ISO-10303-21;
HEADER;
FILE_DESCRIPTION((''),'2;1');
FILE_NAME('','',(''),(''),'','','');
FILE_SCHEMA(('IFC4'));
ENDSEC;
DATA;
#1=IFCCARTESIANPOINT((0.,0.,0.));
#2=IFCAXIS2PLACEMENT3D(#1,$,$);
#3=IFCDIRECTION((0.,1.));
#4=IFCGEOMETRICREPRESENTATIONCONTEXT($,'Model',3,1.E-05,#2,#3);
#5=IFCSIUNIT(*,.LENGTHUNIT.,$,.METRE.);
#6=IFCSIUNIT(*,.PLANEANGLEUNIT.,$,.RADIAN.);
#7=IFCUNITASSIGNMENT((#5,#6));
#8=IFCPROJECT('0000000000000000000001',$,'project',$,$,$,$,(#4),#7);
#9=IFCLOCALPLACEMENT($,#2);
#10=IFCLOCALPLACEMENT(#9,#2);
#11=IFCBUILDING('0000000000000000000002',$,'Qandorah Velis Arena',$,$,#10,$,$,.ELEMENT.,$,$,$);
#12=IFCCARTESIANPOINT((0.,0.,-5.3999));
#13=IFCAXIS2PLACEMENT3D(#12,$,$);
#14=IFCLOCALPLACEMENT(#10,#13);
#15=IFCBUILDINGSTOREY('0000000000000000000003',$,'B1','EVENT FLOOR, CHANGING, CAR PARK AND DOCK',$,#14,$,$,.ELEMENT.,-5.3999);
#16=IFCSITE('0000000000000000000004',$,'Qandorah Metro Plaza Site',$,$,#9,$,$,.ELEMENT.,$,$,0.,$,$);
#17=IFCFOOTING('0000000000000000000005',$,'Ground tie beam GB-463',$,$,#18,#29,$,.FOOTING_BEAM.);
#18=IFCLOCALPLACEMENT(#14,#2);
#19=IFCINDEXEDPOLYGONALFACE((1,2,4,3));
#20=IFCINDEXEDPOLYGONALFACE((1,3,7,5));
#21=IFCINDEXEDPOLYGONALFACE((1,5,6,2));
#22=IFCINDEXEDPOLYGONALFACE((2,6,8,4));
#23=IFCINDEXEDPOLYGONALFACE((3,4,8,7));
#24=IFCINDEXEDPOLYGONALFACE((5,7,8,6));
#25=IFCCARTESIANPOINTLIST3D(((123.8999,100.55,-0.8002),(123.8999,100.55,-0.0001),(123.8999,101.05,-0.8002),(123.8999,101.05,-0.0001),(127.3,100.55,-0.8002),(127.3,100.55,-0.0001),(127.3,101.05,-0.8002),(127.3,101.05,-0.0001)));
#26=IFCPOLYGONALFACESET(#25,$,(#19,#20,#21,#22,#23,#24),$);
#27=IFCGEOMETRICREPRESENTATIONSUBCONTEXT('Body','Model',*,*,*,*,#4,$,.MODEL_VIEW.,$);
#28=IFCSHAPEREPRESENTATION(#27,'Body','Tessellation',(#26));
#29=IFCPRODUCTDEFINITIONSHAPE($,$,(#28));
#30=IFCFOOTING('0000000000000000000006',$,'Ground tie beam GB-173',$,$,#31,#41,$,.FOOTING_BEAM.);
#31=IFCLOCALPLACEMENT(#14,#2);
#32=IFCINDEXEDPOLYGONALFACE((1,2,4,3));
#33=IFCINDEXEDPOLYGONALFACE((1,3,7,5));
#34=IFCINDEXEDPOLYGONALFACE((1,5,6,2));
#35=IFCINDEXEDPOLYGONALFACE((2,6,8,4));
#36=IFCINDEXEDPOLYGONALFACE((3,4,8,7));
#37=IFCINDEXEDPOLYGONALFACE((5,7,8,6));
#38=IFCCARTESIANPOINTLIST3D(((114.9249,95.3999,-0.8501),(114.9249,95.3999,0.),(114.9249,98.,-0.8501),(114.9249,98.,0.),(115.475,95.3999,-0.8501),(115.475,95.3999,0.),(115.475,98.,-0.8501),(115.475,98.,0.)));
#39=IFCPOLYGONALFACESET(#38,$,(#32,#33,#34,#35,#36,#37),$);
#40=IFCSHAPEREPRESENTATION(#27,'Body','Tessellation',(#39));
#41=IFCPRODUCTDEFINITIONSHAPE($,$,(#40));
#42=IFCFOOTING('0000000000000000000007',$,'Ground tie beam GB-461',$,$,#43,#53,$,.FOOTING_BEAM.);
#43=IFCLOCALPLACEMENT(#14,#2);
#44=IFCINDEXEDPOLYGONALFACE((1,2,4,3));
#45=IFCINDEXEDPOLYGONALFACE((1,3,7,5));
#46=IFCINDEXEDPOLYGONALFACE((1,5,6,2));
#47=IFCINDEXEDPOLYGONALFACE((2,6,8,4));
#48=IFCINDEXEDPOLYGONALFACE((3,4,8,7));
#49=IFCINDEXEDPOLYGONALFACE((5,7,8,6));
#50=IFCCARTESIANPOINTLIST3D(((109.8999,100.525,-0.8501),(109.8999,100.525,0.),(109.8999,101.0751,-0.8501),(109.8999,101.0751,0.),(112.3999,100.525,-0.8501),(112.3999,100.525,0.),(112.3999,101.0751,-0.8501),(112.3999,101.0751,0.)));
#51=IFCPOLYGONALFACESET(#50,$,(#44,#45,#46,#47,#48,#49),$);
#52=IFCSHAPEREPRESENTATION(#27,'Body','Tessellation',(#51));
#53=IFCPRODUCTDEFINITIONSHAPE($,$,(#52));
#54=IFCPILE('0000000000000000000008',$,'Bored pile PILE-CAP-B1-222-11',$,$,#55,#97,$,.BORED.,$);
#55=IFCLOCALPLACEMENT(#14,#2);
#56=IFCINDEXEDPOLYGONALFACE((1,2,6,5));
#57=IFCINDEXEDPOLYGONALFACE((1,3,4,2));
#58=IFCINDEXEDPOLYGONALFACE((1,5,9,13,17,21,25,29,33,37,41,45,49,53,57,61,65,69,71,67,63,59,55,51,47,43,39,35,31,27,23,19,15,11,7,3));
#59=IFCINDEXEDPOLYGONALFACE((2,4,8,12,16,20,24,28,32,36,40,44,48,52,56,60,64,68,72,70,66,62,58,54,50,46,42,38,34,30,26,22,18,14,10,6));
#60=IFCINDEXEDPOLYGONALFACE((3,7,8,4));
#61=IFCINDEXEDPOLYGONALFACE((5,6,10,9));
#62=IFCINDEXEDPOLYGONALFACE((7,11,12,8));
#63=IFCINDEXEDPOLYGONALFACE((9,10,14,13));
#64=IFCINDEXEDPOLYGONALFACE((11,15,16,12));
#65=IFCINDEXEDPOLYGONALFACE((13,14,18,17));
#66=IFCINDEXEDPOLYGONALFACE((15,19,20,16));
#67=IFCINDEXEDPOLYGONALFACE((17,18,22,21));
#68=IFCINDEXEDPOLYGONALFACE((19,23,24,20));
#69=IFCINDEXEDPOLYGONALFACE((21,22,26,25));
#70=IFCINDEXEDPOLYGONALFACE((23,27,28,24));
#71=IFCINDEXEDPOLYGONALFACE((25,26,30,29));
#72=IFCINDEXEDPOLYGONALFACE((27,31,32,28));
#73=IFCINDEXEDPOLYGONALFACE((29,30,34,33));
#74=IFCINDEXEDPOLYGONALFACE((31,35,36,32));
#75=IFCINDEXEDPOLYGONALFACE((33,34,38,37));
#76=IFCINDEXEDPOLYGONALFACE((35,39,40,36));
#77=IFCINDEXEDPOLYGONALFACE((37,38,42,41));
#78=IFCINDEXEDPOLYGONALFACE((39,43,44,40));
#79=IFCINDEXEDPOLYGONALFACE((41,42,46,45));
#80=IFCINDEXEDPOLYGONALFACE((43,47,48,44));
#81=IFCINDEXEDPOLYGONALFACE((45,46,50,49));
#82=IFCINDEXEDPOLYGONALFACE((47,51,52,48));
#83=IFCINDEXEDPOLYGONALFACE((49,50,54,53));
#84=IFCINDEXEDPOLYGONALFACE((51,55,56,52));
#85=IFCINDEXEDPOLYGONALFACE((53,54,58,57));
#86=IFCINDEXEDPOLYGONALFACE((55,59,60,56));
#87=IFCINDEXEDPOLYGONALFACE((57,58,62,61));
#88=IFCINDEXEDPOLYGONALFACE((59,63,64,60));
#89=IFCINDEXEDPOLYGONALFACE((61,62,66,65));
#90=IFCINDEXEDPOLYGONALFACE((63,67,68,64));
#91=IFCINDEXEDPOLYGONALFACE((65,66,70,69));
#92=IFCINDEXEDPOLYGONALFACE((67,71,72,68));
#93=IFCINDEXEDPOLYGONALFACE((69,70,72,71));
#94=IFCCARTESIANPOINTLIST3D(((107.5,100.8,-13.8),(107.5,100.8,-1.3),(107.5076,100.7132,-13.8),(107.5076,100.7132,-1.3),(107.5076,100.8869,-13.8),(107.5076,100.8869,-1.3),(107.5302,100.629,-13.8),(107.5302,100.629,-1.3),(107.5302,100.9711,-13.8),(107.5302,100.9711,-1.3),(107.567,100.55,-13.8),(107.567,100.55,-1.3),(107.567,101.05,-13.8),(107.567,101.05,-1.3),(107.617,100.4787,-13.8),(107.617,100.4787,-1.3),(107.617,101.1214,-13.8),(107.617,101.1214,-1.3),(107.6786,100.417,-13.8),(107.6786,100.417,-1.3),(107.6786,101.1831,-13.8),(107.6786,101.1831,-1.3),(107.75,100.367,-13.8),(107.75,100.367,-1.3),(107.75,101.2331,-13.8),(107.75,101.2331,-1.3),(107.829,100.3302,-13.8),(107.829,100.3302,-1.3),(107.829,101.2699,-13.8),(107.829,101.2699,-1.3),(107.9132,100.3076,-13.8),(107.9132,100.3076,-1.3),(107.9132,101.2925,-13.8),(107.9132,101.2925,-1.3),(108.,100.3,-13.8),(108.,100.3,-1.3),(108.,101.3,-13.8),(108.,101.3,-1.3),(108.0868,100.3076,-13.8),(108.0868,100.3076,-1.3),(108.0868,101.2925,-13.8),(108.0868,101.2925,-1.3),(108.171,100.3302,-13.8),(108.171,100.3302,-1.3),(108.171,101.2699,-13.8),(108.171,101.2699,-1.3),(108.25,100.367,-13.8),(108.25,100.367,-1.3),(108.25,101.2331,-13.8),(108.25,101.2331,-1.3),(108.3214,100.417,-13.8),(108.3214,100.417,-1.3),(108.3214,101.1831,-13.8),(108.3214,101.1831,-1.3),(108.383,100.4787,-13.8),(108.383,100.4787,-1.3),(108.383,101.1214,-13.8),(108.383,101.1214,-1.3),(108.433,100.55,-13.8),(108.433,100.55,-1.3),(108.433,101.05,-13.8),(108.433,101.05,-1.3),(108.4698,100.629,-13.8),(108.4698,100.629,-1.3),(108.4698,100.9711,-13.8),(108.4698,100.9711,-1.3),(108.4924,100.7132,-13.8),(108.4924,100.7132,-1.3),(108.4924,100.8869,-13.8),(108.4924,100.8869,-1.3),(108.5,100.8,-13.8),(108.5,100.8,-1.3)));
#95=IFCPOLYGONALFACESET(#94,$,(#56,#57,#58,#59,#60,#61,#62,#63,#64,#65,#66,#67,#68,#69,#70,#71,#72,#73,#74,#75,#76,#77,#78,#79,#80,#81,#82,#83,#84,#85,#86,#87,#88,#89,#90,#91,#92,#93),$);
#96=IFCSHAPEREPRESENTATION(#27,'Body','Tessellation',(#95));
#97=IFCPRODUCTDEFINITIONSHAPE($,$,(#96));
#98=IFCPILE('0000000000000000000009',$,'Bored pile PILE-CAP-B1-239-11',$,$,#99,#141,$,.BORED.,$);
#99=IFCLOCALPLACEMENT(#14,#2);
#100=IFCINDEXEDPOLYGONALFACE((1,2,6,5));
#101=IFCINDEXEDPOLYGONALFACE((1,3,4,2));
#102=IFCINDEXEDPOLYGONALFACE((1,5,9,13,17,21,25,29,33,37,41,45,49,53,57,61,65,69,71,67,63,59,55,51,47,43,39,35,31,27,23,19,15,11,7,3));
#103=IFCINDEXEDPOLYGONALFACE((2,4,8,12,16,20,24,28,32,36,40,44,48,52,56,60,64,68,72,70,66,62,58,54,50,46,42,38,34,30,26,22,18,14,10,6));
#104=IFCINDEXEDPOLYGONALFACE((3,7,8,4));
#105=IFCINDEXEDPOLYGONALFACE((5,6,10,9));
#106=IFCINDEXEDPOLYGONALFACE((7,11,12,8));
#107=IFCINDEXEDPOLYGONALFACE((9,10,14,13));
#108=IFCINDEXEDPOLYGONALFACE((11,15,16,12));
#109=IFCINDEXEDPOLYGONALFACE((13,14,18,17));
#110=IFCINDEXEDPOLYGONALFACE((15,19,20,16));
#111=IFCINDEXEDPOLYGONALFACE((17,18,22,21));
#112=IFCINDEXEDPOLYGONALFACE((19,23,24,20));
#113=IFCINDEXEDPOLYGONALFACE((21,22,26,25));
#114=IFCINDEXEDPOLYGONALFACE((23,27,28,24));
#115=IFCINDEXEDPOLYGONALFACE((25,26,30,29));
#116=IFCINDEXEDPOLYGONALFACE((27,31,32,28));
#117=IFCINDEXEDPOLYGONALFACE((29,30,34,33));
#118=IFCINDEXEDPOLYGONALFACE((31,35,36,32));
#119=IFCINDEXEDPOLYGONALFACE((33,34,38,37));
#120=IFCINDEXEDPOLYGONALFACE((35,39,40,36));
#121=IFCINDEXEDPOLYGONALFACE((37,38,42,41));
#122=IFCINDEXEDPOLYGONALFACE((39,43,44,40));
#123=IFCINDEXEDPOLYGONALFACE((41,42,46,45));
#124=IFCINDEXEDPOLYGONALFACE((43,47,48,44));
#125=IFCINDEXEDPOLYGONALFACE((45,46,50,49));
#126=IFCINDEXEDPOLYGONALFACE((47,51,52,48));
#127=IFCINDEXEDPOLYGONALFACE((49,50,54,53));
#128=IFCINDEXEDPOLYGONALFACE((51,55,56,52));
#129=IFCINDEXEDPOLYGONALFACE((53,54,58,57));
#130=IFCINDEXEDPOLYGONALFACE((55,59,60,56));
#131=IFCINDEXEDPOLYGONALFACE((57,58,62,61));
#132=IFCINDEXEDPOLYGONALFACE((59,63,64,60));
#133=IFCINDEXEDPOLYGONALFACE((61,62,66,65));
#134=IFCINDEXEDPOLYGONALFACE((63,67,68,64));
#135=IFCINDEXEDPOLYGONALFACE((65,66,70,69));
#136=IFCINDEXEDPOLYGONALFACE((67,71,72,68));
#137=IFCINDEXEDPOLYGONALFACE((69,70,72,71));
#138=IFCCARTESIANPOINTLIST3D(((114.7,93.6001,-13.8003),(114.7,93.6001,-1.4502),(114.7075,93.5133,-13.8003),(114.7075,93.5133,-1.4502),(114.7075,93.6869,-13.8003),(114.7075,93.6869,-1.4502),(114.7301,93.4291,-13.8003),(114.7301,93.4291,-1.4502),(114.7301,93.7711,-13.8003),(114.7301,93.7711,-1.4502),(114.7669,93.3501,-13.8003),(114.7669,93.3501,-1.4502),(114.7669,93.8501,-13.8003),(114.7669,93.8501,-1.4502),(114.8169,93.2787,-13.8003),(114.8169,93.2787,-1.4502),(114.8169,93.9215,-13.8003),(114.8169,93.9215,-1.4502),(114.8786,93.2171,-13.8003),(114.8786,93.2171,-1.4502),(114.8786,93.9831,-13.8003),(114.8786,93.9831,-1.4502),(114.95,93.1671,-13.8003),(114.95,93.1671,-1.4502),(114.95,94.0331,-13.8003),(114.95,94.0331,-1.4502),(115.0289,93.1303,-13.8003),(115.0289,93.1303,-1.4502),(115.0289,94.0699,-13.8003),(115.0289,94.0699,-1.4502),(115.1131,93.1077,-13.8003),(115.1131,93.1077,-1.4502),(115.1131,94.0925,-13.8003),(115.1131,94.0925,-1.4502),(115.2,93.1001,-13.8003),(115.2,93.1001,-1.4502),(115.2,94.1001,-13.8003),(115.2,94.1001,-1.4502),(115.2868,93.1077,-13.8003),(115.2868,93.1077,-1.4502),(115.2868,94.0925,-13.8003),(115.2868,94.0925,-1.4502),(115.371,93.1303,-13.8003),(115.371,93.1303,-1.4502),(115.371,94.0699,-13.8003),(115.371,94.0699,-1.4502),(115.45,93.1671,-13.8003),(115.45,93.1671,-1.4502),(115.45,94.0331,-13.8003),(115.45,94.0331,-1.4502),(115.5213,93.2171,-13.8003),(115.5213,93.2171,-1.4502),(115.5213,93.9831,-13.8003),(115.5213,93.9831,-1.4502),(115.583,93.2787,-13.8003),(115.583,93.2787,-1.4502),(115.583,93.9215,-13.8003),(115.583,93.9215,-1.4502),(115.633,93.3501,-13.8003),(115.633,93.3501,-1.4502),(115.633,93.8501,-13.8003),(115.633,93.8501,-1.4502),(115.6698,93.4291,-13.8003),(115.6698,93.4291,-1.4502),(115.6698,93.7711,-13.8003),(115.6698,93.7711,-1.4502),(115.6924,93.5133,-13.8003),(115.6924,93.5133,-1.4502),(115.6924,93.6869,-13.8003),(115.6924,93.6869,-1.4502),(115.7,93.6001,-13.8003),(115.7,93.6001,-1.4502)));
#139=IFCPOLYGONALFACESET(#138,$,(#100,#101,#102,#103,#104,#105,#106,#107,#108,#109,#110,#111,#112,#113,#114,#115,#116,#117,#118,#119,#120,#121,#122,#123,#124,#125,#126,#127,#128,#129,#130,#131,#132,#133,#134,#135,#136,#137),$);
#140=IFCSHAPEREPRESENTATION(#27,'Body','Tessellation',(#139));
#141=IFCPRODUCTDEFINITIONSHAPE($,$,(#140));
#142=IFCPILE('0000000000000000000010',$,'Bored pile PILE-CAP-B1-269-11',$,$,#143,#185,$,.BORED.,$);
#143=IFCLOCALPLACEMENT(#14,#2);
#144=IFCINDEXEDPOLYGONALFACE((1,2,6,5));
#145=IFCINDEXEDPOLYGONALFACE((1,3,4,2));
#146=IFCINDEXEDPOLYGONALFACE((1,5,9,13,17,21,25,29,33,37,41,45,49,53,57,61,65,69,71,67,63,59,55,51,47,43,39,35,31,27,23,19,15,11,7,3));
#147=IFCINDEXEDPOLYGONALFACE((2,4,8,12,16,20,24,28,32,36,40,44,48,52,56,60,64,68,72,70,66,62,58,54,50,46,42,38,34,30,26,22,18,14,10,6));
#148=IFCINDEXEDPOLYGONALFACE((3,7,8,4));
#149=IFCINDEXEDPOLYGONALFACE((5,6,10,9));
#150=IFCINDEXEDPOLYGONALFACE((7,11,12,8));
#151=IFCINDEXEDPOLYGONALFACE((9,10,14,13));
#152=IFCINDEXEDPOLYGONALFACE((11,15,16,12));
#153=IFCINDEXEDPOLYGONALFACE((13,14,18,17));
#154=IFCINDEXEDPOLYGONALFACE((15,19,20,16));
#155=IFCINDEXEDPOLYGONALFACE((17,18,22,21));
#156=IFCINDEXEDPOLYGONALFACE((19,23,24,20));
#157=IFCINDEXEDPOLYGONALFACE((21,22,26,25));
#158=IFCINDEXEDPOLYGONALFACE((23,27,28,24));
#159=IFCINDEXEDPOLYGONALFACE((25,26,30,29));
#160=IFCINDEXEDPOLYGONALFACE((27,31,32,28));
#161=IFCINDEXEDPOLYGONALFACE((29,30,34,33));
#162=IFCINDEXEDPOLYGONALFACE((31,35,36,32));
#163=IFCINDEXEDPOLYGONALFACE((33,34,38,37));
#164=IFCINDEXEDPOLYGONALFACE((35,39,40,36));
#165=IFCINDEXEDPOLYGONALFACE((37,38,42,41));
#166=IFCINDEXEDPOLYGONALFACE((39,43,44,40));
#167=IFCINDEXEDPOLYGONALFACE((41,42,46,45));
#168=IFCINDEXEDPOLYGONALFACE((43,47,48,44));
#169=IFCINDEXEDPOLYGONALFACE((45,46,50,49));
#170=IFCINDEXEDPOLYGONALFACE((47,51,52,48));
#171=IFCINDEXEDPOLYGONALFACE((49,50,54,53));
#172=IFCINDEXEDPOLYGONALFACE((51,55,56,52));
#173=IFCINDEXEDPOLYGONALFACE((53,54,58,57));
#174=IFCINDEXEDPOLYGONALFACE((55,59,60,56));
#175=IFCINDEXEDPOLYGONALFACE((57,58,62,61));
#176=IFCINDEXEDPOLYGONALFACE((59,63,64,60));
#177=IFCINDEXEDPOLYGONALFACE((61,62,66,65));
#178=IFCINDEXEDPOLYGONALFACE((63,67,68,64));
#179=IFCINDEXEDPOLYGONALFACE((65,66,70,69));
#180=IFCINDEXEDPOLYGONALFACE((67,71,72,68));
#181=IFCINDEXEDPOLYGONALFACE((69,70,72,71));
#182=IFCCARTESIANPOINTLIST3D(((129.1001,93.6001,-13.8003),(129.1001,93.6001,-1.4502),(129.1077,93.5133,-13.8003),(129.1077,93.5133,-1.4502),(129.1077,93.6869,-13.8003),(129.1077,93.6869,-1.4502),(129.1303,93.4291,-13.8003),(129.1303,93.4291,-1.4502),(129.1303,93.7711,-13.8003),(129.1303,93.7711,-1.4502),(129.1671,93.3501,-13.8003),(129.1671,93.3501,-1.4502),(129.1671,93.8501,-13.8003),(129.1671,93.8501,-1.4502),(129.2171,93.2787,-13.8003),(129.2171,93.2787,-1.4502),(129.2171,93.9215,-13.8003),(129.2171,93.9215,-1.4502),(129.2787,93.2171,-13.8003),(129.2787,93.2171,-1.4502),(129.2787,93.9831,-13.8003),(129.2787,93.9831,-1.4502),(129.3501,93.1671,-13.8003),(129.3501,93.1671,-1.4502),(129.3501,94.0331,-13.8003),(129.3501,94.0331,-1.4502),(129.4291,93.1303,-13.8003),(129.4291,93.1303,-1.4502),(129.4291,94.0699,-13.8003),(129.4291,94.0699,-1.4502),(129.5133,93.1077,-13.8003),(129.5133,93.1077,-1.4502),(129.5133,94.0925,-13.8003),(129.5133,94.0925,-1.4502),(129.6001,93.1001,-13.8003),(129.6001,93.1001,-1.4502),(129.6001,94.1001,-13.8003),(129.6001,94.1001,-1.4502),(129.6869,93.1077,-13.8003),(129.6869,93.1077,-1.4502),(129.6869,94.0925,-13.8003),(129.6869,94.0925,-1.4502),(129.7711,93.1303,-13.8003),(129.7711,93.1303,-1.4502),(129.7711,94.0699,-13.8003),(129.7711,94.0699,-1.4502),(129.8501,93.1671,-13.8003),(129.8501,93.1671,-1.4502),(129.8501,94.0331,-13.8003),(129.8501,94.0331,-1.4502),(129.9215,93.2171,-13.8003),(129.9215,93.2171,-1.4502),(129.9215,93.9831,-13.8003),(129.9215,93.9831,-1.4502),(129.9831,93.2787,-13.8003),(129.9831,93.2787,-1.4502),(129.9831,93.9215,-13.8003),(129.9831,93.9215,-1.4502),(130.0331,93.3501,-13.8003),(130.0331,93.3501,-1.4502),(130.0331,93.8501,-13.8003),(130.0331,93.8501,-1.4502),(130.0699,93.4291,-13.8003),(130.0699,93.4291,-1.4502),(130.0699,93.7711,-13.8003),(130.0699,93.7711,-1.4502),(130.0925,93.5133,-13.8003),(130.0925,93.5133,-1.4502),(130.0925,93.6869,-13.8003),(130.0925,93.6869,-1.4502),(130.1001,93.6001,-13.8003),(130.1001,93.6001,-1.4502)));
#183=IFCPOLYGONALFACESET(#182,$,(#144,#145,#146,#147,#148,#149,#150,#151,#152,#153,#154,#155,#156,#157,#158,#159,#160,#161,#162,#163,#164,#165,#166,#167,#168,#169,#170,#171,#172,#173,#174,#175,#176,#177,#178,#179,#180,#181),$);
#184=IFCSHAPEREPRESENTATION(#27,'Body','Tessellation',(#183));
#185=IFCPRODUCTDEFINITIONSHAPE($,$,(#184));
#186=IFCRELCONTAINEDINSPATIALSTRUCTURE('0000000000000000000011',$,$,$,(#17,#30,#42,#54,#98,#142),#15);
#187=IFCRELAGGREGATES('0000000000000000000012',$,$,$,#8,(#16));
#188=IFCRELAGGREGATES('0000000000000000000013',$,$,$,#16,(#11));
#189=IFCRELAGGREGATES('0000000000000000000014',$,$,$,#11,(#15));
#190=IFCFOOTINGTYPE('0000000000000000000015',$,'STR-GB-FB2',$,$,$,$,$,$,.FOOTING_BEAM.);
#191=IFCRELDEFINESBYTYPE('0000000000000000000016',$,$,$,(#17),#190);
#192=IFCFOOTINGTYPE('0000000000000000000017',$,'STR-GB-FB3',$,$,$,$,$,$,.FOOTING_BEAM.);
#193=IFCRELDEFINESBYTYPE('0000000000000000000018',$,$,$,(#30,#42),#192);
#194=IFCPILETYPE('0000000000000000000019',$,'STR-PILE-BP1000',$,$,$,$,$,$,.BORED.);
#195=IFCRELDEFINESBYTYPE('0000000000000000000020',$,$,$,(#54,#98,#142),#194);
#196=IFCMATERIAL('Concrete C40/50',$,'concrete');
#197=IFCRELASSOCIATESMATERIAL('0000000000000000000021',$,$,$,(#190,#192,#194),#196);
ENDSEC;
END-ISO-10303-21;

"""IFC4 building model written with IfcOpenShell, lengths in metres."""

from ifc_helpers import new_model, si_unit, direction, frame, origin, origin_2d, place, context, subcontext, project, spatial, rectangle, circle, extrude, material, material_profile, profile_set, type_object, element, save


model = new_model("IFC4")

# Units and contexts
model_context = context("Model", 3, precision=1e-05, world=origin(), true_north=direction((0.0, 1.0)))
body_context = subcontext(model_context, "Body", "Model", "MODEL_VIEW")
ifc_project = project(units=[si_unit("LENGTHUNIT", "METRE"), si_unit("PLANEANGLEUNIT", "RADIAN")], contexts=[model_context])

# Site, building, storey
site_placement = place(None, origin())
site = spatial("IfcSite", under=ifc_project, at=site_placement, Name="Qandorah Metro Plaza Site", CompositionType="ELEMENT", RefElevation=0.0)
building_placement = place(site_placement, origin())
building = spatial("IfcBuilding", under=site, at=building_placement, Name="Qandorah Velis Arena", CompositionType="ELEMENT")
storey_placement = place(building_placement, frame((0.0, 0.0, -5.3999)))
storey = spatial("IfcBuildingStorey", under=building, at=storey_placement, Name="B1", Description="EVENT FLOOR, CHANGING, CAR PARK AND DOCK", CompositionType="ELEMENT", Elevation=-5.3999)

# Footings
ifc_material_1 = material(Name="Concrete C40/50", Category="concrete")
ifc_material_profile_1 = material_profile(ifc_material_1, rectangle(XDim=0.5, YDim=0.8, at=origin_2d()), Name="GB2 500x800")
ifc_profile_set_1 = profile_set([ifc_material_profile_1], Name="Concrete C40/50")
footing_type_1 = type_object("IfcFootingType", Name="STR-GB-FB2", PredefinedType="FOOTING_BEAM", material=ifc_profile_set_1)
footing_1_placement = place(storey_placement, frame((123.8999, 100.8, -0.4001), z_axis=(1.0, 0.0, 0.0), x_axis=(0.0, 1.0, 0.0)))
element("IfcFooting", 1, at=footing_1_placement, inside=storey, type_object=footing_type_1, Name="Ground tie beam GB-463", PredefinedType="FOOTING_BEAM", context=body_context, shape_type="SweptSolid", body=[
    extrude(rectangle(XDim=0.5, YDim=0.8, at=origin_2d()), origin(), (0.0, 0.0, 1.0), 3.4001),
])
ifc_material_profile_2 = material_profile(ifc_material_1, rectangle(XDim=0.55, YDim=0.8501, at=origin_2d()), Name="GB3 550x850")
ifc_profile_set_2 = profile_set([ifc_material_profile_2], Name="Concrete C40/50")
footing_type_2 = type_object("IfcFootingType", Name="STR-GB-FB3", PredefinedType="FOOTING_BEAM", material=ifc_profile_set_2)
footing_2_placement = place(storey_placement, frame((115.2, 95.3999, -0.425), z_axis=(0.0, 1.0, 0.0), x_axis=(-1.0, 0.0, 0.0)))
element("IfcFooting", 2, at=footing_2_placement, inside=storey, type_object=footing_type_2, Name="Ground tie beam GB-173", PredefinedType="FOOTING_BEAM", context=body_context, shape_type="SweptSolid", body=[
    extrude(rectangle(XDim=0.55, YDim=0.8501, at=origin_2d()), origin(), (0.0, 0.0, 1.0), 2.6001),
])
footing_3_placement = place(storey_placement, frame((109.8999, 100.8, -0.425), z_axis=(1.0, 0.0, 0.0), x_axis=(0.0, 1.0, 0.0)))
element("IfcFooting", 3, at=footing_3_placement, inside=storey, type_object=footing_type_2, Name="Ground tie beam GB-461", PredefinedType="FOOTING_BEAM", context=body_context, shape_type="SweptSolid", body=[
    extrude(rectangle(XDim=0.55, YDim=0.8501, at=origin_2d()), origin(), (0.0, 0.0, 1.0), 2.5),
])

# Piles
ifc_material_profile_3 = material_profile(ifc_material_1, circle(Radius=0.5, at=origin_2d()), Name="BORED PILE D1000")
ifc_profile_set_3 = profile_set([ifc_material_profile_3], Name="Concrete C40/50")
pile_type_1 = type_object("IfcPileType", Name="STR-PILE-BP1000", PredefinedType="BORED", material=ifc_profile_set_3)
pile_1_placement = place(storey_placement, frame((108.0, 100.8, -1.3), z_axis=(0.0, 0.0, -1.0), x_axis=(1.0, 0.0, 0.0)))
element("IfcPile", 4, at=pile_1_placement, inside=storey, type_object=pile_type_1, Name="Bored pile PILE-CAP-B1-222-11", PredefinedType="BORED", context=body_context, shape_type="SweptSolid", body=[
    extrude(circle(Radius=0.5, at=origin_2d()), origin(), (0.0, 0.0, 1.0), 12.5),
])
for number, where, z_axis, x_axis, name in (
    (5, (115.2, 93.6001, -1.4502), (0.0, 0.0, -1.0), (1.0, 0.0, 0.0), "Bored pile PILE-CAP-B1-239-11"),
    (6, (129.6001, 93.6001, -1.4502), (0.0, 0.0, -1.0), (1.0, 0.0, 0.0), "Bored pile PILE-CAP-B1-269-11"),
):
    element("IfcPile", number, at=place(storey_placement, frame(where, z_axis=z_axis, x_axis=x_axis)), inside=storey, type_object=pile_type_1, Name=name, PredefinedType="BORED", context=body_context, shape_type="SweptSolid", body=[
        extrude(circle(Radius=0.5, at=origin_2d()), origin(), (0.0, 0.0, 1.0), 12.3501),
    ])

save(model, "model.ifc")
